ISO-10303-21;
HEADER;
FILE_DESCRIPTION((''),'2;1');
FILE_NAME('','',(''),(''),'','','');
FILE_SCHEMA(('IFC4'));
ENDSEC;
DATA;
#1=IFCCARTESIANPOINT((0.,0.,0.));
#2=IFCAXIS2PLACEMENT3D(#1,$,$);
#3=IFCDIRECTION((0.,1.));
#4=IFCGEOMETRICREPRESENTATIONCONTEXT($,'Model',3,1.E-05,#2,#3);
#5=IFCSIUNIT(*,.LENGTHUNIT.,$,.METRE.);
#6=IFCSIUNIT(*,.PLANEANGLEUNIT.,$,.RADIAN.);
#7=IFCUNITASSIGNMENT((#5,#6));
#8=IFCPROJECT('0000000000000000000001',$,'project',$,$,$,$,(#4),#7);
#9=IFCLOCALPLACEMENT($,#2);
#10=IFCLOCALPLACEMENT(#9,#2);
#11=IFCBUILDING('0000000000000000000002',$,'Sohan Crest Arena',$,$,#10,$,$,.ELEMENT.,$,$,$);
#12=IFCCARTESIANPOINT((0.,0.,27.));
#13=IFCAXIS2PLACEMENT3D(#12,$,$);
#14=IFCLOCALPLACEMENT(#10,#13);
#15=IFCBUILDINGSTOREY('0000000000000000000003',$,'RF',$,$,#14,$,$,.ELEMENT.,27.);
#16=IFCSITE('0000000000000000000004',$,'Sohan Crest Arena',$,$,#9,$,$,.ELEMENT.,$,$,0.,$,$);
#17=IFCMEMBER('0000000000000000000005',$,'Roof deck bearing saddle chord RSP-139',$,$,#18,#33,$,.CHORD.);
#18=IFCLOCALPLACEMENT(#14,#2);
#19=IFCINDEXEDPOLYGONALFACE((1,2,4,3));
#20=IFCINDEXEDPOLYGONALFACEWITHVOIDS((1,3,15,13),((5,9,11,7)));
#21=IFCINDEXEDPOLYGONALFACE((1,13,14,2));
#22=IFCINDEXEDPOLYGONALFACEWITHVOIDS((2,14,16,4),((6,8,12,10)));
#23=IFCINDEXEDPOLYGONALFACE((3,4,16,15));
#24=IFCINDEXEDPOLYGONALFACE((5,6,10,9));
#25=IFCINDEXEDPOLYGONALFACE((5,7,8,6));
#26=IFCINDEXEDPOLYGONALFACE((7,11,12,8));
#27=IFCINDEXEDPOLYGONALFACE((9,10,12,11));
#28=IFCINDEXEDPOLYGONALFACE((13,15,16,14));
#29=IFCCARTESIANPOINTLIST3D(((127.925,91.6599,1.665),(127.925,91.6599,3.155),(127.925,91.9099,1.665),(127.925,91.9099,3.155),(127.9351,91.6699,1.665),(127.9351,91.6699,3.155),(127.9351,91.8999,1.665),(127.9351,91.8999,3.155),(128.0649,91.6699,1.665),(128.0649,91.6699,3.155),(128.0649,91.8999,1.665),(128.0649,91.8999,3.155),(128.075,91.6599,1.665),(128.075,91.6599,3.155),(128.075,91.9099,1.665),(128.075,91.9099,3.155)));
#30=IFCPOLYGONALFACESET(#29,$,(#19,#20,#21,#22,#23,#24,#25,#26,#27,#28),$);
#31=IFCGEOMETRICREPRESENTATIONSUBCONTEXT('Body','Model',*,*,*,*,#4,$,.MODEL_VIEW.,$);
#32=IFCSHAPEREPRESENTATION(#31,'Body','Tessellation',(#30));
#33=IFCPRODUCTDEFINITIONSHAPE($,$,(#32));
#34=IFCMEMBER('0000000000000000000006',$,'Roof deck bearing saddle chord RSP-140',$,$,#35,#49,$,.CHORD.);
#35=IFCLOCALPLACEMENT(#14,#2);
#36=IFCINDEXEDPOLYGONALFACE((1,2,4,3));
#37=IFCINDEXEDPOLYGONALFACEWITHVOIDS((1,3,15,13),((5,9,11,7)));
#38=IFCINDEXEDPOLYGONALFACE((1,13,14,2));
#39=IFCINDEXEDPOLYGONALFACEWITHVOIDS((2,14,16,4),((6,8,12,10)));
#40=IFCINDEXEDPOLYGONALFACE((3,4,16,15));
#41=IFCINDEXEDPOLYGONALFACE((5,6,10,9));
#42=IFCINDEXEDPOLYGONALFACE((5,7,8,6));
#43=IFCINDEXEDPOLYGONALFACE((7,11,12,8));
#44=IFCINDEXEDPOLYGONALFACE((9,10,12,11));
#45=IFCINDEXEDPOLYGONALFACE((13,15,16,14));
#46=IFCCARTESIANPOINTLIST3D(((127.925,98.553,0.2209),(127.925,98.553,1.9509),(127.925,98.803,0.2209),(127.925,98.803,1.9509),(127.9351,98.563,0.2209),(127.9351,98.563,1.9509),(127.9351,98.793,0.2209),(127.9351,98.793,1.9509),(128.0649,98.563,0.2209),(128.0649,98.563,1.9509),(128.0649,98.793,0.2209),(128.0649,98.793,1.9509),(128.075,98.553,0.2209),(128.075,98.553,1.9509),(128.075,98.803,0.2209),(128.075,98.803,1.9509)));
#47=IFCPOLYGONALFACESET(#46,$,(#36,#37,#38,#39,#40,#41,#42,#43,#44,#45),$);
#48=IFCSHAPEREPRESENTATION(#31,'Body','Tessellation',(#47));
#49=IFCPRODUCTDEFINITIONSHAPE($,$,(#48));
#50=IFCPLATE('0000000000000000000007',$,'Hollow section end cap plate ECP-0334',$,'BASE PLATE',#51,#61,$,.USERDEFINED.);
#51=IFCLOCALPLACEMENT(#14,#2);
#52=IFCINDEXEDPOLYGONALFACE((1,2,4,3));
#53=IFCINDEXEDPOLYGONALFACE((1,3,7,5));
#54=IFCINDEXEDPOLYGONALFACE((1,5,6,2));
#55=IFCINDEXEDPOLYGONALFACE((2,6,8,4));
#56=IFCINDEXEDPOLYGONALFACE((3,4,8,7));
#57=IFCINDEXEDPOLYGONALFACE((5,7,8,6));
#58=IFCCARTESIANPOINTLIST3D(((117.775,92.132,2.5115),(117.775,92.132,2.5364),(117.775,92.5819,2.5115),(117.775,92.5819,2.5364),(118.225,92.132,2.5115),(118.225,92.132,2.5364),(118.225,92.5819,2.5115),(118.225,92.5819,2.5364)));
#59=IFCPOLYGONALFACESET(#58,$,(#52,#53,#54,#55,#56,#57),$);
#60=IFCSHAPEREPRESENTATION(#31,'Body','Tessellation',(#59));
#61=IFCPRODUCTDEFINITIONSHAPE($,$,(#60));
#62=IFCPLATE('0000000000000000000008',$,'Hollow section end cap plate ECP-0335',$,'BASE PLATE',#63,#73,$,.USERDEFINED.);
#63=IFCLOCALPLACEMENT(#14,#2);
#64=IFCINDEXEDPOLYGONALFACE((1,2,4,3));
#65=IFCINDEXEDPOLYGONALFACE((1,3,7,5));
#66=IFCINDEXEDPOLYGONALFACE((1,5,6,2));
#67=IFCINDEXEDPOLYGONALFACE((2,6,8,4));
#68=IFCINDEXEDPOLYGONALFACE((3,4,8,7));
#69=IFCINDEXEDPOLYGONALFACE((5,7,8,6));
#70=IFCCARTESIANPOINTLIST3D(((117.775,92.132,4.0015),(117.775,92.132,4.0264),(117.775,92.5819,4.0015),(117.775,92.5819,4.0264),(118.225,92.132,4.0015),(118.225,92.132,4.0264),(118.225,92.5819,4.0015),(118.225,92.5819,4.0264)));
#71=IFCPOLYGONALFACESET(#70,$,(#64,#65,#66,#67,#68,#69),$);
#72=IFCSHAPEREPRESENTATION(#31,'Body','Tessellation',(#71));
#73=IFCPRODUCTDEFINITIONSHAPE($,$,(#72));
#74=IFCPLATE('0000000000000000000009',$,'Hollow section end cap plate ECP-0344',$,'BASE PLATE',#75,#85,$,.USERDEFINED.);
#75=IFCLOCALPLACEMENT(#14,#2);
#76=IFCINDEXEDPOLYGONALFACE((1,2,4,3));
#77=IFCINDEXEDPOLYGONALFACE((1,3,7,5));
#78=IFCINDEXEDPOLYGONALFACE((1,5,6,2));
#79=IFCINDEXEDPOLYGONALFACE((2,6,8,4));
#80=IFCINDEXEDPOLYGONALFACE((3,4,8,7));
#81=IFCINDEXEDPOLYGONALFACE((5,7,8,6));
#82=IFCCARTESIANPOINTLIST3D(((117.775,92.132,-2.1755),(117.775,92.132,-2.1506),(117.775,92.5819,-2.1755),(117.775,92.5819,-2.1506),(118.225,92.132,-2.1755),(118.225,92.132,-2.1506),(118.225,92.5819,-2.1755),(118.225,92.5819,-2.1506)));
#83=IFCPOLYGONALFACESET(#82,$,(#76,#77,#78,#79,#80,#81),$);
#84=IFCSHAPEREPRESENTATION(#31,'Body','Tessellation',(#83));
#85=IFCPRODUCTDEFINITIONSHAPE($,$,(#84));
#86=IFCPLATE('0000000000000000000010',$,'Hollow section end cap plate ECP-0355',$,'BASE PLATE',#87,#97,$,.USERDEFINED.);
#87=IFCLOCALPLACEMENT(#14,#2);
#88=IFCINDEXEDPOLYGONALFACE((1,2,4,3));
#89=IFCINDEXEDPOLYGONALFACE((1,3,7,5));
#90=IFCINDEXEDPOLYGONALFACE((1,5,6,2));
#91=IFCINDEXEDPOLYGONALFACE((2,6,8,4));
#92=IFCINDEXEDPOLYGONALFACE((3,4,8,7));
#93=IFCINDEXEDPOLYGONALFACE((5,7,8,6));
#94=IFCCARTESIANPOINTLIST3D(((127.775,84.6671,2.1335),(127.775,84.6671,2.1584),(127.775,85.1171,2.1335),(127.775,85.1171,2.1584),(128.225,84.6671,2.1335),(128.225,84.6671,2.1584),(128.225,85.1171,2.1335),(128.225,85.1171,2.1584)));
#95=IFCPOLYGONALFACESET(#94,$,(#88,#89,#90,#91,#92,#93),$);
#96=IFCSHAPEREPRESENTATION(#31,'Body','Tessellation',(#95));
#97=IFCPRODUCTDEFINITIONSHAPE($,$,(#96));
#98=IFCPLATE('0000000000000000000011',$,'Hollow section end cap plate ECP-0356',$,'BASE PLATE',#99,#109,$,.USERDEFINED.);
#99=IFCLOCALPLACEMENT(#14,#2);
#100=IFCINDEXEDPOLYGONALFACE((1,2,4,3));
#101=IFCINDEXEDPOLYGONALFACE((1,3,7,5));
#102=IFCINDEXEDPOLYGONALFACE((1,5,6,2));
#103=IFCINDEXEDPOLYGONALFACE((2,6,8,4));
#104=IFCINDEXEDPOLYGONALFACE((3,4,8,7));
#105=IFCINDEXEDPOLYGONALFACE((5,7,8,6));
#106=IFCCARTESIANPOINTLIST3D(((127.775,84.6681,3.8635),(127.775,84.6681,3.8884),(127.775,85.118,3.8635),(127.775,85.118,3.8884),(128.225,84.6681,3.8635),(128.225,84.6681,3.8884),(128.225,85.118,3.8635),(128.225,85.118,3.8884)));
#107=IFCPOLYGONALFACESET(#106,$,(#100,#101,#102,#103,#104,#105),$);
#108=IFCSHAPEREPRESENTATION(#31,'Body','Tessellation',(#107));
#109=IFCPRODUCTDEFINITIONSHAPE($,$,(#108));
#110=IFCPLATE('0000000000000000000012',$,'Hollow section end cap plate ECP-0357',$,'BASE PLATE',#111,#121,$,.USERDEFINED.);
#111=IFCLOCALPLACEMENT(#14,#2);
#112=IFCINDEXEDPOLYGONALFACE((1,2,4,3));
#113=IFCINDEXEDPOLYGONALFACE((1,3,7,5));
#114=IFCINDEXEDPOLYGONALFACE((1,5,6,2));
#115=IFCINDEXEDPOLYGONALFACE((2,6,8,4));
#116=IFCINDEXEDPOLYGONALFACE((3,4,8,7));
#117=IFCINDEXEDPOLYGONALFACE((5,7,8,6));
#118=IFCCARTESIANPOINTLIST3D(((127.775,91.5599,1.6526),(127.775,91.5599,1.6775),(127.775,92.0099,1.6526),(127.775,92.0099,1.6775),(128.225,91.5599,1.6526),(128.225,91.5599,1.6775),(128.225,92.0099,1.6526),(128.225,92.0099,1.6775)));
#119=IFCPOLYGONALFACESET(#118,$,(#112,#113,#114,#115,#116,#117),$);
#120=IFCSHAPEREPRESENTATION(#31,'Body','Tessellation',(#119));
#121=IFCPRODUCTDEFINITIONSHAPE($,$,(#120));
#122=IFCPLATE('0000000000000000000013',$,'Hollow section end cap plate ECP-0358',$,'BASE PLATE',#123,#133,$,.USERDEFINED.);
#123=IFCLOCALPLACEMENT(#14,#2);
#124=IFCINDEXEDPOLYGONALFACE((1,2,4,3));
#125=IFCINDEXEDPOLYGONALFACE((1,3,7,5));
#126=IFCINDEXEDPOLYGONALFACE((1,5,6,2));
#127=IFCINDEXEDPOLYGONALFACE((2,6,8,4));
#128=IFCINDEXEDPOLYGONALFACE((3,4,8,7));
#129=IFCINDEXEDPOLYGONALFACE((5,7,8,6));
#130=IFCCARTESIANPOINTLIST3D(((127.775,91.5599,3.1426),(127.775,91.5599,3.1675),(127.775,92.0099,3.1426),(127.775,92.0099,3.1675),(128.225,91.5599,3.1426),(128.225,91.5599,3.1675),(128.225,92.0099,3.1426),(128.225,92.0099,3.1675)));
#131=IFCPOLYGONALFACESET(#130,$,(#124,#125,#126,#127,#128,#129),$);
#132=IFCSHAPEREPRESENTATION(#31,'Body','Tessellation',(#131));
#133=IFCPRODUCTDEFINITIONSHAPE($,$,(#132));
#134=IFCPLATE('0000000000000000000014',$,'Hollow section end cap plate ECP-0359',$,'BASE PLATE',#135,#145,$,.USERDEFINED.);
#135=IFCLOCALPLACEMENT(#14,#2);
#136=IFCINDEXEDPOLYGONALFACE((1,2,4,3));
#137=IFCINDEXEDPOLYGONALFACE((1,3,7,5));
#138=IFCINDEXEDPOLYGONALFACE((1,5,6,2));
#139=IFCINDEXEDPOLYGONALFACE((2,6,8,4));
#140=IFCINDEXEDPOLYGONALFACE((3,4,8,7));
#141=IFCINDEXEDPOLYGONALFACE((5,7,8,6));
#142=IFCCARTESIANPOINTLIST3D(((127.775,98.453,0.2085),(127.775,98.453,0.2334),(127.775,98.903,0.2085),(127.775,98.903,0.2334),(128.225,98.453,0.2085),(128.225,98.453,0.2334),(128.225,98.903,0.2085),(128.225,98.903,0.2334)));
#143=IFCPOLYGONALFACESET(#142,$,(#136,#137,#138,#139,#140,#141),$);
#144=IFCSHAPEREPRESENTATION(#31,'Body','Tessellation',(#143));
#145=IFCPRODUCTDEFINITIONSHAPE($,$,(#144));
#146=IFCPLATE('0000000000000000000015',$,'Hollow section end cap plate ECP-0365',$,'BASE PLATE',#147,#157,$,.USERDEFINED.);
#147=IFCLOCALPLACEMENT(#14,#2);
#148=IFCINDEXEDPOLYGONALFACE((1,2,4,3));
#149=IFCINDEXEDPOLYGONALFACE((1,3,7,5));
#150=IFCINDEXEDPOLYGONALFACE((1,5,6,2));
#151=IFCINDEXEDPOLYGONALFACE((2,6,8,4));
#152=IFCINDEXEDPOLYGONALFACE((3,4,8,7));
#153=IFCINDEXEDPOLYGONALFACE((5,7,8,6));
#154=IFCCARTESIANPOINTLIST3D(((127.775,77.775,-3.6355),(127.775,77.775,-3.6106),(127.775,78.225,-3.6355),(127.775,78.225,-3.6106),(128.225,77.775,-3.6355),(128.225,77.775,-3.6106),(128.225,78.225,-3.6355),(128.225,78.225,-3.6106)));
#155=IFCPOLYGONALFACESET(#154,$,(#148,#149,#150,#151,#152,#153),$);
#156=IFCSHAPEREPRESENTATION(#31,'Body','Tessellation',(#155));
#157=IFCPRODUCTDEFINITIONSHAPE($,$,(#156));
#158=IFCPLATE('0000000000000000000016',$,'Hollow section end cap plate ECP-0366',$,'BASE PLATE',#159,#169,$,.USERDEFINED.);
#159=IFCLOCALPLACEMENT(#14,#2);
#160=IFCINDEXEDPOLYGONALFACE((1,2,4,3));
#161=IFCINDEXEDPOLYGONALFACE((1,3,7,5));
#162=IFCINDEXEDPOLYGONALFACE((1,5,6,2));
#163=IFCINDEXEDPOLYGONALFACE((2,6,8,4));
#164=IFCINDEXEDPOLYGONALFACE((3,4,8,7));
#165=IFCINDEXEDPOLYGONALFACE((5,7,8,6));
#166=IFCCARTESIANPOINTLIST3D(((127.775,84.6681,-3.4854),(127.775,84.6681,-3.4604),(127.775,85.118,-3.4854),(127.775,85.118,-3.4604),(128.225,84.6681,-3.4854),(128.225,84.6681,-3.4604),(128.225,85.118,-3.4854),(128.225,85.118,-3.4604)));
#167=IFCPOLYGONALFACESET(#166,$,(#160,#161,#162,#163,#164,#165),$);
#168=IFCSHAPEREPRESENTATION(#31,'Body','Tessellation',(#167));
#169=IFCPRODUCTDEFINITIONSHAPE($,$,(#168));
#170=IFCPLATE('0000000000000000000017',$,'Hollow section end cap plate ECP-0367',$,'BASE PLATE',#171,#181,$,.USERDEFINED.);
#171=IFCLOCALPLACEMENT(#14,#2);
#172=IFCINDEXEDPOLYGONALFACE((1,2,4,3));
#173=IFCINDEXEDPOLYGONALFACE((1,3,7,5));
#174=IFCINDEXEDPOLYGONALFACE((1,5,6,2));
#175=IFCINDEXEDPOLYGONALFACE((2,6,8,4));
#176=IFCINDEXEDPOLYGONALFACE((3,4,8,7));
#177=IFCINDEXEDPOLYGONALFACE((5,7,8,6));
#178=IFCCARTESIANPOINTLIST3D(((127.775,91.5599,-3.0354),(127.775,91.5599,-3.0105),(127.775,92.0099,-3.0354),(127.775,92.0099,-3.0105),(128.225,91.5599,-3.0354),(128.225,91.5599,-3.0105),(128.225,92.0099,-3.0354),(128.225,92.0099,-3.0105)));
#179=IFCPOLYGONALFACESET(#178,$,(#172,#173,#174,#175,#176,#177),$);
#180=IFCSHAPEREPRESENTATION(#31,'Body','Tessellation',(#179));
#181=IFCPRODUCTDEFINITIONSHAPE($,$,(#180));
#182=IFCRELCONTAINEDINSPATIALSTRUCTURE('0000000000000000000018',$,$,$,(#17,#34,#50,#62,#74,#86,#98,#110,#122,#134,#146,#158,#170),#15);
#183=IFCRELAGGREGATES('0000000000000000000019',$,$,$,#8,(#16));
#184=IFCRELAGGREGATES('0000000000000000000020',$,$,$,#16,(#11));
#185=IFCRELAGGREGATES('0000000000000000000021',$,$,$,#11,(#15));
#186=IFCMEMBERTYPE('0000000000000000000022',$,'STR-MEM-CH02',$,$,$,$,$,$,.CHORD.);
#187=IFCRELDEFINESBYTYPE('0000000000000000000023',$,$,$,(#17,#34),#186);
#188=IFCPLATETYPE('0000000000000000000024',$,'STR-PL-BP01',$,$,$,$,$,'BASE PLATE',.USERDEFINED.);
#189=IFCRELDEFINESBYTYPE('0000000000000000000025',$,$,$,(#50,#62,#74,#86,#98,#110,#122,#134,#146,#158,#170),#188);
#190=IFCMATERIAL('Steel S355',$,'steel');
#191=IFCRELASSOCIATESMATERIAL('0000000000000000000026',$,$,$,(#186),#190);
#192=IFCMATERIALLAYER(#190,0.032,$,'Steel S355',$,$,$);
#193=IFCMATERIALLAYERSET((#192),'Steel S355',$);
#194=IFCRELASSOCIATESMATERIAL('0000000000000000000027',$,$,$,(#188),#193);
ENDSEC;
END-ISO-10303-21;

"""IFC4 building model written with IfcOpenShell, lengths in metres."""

from ifc_helpers import new_model, si_unit, direction, frame, origin, origin_2d, place, context, subcontext, project, spatial, rectangle, hollow_rectangle, extrude, material, layer, layer_set, material_profile, profile_set, type_object, element, save


model = new_model("IFC4")

# Units and contexts
model_context = context("Model", 3, precision=1e-05, world=origin(), true_north=direction((0.0, 1.0)))
body_context = subcontext(model_context, "Body", "Model", "MODEL_VIEW")
ifc_project = project(units=[si_unit("LENGTHUNIT", "METRE"), si_unit("PLANEANGLEUNIT", "RADIAN")], contexts=[model_context])

# Site, building, storey
site_placement = place(None, origin())
site = spatial("IfcSite", under=ifc_project, at=site_placement, Name="Sohan Crest Arena", CompositionType="ELEMENT", RefElevation=0.0)
building_placement = place(site_placement, origin())
building = spatial("IfcBuilding", under=site, at=building_placement, Name="Sohan Crest Arena", CompositionType="ELEMENT")
storey_placement = place(building_placement, frame((0.0, 0.0, 27.0)))
storey = spatial("IfcBuildingStorey", under=building, at=storey_placement, Name="RF", CompositionType="ELEMENT", Elevation=27.0)

# Shared definitions
ifc_material_1 = material(Name="Steel S355", Category="steel")

# Members
ifc_material_profile_1 = material_profile(ifc_material_1, hollow_rectangle(XDim=0.1499, YDim=0.25, WallThickness=0.01, at=origin_2d()), Name="RHS 250x150x10")
ifc_profile_set_1 = profile_set([ifc_material_profile_1], Name="Steel S355")
member_type_1 = type_object("IfcMemberType", Name="STR-MEM-CH02", PredefinedType="CHORD", material=ifc_profile_set_1)
member_1_placement = place(storey_placement, frame((128.0, 91.7849, 1.665), z_axis=(0.0, 0.0, 1.0), x_axis=(1.0, 0.0, 0.0)))
element("IfcMember", 1, at=member_1_placement, inside=storey, type_object=member_type_1, Name="Roof deck bearing saddle chord RSP-139", PredefinedType="CHORD", context=body_context, shape_type="SweptSolid", body=[
    extrude(hollow_rectangle(XDim=0.1499, YDim=0.25, WallThickness=0.01, at=origin_2d()), origin(), (0.0, 0.0, 1.0), 1.49),
])
member_2_placement = place(storey_placement, frame((128.0, 98.678, 0.2209), z_axis=(0.0, 0.0, 1.0), x_axis=(1.0, 0.0, 0.0)))
element("IfcMember", 2, at=member_2_placement, inside=storey, type_object=member_type_1, Name="Roof deck bearing saddle chord RSP-140", PredefinedType="CHORD", context=body_context, shape_type="SweptSolid", body=[
    extrude(hollow_rectangle(XDim=0.1499, YDim=0.25, WallThickness=0.01, at=origin_2d()), origin(), (0.0, 0.0, 1.0), 1.73),
])

# Plates
ifc_layer = layer(ifc_material_1, 0.032, Name="Steel S355")
ifc_layer_set = layer_set([ifc_layer], Name="Steel S355")
plate_type = type_object("IfcPlateType", Name="STR-PL-BP01", ElementType="BASE PLATE", PredefinedType="USERDEFINED", material=ifc_layer_set)
for number, where, z_axis, x_axis, name in (
    (3, (118.0, 92.3569, 2.5115), (0.0, 0.0, 1.0), (1.0, 0.0, 0.0), "Hollow section end cap plate ECP-0334"),
    (4, (118.0, 92.3569, 4.0015), (0.0, 0.0, 1.0), (1.0, 0.0, 0.0), "Hollow section end cap plate ECP-0335"),
    (5, (118.0, 92.3569, -2.1755), (0.0, 0.0, 1.0), (1.0, 0.0, 0.0), "Hollow section end cap plate ECP-0344"),
    (6, (128.0, 84.8921, 2.1335), (0.0, 0.0, 1.0), (1.0, 0.0, 0.0), "Hollow section end cap plate ECP-0355"),
    (7, (128.0, 84.8931, 3.8635), (0.0, 0.0, 1.0), (1.0, 0.0, 0.0), "Hollow section end cap plate ECP-0356"),
    (8, (128.0, 91.7849, 1.6526), (0.0, 0.0, 1.0), (1.0, 0.0, 0.0), "Hollow section end cap plate ECP-0357"),
    (9, (128.0, 91.7849, 3.1426), (0.0, 0.0, 1.0), (1.0, 0.0, 0.0), "Hollow section end cap plate ECP-0358"),
    (10, (128.0, 98.678, 0.2085), (0.0, 0.0, 1.0), (1.0, 0.0, 0.0), "Hollow section end cap plate ECP-0359"),
    (11, (128.0, 78.0, -3.6355), (0.0, 0.0, 1.0), (1.0, 0.0, 0.0), "Hollow section end cap plate ECP-0365"),
    (12, (128.0, 84.8931, -3.4854), (0.0, 0.0, 1.0), (1.0, 0.0, 0.0), "Hollow section end cap plate ECP-0366"),
    (13, (128.0, 91.7849, -3.0354), (0.0, 0.0, 1.0), (1.0, 0.0, 0.0), "Hollow section end cap plate ECP-0367"),
):
    element("IfcPlate", number, at=place(storey_placement, frame(where, z_axis=z_axis, x_axis=x_axis)), inside=storey, type_object=plate_type, Name=name, ObjectType="BASE PLATE", PredefinedType="USERDEFINED", context=body_context, shape_type="SweptSolid", body=[
        extrude(rectangle(XDim=0.45, YDim=0.45, at=origin_2d()), origin(), (0.0, 0.0, 1.0), 0.0249),
    ])

save(model, "model.ifc")
